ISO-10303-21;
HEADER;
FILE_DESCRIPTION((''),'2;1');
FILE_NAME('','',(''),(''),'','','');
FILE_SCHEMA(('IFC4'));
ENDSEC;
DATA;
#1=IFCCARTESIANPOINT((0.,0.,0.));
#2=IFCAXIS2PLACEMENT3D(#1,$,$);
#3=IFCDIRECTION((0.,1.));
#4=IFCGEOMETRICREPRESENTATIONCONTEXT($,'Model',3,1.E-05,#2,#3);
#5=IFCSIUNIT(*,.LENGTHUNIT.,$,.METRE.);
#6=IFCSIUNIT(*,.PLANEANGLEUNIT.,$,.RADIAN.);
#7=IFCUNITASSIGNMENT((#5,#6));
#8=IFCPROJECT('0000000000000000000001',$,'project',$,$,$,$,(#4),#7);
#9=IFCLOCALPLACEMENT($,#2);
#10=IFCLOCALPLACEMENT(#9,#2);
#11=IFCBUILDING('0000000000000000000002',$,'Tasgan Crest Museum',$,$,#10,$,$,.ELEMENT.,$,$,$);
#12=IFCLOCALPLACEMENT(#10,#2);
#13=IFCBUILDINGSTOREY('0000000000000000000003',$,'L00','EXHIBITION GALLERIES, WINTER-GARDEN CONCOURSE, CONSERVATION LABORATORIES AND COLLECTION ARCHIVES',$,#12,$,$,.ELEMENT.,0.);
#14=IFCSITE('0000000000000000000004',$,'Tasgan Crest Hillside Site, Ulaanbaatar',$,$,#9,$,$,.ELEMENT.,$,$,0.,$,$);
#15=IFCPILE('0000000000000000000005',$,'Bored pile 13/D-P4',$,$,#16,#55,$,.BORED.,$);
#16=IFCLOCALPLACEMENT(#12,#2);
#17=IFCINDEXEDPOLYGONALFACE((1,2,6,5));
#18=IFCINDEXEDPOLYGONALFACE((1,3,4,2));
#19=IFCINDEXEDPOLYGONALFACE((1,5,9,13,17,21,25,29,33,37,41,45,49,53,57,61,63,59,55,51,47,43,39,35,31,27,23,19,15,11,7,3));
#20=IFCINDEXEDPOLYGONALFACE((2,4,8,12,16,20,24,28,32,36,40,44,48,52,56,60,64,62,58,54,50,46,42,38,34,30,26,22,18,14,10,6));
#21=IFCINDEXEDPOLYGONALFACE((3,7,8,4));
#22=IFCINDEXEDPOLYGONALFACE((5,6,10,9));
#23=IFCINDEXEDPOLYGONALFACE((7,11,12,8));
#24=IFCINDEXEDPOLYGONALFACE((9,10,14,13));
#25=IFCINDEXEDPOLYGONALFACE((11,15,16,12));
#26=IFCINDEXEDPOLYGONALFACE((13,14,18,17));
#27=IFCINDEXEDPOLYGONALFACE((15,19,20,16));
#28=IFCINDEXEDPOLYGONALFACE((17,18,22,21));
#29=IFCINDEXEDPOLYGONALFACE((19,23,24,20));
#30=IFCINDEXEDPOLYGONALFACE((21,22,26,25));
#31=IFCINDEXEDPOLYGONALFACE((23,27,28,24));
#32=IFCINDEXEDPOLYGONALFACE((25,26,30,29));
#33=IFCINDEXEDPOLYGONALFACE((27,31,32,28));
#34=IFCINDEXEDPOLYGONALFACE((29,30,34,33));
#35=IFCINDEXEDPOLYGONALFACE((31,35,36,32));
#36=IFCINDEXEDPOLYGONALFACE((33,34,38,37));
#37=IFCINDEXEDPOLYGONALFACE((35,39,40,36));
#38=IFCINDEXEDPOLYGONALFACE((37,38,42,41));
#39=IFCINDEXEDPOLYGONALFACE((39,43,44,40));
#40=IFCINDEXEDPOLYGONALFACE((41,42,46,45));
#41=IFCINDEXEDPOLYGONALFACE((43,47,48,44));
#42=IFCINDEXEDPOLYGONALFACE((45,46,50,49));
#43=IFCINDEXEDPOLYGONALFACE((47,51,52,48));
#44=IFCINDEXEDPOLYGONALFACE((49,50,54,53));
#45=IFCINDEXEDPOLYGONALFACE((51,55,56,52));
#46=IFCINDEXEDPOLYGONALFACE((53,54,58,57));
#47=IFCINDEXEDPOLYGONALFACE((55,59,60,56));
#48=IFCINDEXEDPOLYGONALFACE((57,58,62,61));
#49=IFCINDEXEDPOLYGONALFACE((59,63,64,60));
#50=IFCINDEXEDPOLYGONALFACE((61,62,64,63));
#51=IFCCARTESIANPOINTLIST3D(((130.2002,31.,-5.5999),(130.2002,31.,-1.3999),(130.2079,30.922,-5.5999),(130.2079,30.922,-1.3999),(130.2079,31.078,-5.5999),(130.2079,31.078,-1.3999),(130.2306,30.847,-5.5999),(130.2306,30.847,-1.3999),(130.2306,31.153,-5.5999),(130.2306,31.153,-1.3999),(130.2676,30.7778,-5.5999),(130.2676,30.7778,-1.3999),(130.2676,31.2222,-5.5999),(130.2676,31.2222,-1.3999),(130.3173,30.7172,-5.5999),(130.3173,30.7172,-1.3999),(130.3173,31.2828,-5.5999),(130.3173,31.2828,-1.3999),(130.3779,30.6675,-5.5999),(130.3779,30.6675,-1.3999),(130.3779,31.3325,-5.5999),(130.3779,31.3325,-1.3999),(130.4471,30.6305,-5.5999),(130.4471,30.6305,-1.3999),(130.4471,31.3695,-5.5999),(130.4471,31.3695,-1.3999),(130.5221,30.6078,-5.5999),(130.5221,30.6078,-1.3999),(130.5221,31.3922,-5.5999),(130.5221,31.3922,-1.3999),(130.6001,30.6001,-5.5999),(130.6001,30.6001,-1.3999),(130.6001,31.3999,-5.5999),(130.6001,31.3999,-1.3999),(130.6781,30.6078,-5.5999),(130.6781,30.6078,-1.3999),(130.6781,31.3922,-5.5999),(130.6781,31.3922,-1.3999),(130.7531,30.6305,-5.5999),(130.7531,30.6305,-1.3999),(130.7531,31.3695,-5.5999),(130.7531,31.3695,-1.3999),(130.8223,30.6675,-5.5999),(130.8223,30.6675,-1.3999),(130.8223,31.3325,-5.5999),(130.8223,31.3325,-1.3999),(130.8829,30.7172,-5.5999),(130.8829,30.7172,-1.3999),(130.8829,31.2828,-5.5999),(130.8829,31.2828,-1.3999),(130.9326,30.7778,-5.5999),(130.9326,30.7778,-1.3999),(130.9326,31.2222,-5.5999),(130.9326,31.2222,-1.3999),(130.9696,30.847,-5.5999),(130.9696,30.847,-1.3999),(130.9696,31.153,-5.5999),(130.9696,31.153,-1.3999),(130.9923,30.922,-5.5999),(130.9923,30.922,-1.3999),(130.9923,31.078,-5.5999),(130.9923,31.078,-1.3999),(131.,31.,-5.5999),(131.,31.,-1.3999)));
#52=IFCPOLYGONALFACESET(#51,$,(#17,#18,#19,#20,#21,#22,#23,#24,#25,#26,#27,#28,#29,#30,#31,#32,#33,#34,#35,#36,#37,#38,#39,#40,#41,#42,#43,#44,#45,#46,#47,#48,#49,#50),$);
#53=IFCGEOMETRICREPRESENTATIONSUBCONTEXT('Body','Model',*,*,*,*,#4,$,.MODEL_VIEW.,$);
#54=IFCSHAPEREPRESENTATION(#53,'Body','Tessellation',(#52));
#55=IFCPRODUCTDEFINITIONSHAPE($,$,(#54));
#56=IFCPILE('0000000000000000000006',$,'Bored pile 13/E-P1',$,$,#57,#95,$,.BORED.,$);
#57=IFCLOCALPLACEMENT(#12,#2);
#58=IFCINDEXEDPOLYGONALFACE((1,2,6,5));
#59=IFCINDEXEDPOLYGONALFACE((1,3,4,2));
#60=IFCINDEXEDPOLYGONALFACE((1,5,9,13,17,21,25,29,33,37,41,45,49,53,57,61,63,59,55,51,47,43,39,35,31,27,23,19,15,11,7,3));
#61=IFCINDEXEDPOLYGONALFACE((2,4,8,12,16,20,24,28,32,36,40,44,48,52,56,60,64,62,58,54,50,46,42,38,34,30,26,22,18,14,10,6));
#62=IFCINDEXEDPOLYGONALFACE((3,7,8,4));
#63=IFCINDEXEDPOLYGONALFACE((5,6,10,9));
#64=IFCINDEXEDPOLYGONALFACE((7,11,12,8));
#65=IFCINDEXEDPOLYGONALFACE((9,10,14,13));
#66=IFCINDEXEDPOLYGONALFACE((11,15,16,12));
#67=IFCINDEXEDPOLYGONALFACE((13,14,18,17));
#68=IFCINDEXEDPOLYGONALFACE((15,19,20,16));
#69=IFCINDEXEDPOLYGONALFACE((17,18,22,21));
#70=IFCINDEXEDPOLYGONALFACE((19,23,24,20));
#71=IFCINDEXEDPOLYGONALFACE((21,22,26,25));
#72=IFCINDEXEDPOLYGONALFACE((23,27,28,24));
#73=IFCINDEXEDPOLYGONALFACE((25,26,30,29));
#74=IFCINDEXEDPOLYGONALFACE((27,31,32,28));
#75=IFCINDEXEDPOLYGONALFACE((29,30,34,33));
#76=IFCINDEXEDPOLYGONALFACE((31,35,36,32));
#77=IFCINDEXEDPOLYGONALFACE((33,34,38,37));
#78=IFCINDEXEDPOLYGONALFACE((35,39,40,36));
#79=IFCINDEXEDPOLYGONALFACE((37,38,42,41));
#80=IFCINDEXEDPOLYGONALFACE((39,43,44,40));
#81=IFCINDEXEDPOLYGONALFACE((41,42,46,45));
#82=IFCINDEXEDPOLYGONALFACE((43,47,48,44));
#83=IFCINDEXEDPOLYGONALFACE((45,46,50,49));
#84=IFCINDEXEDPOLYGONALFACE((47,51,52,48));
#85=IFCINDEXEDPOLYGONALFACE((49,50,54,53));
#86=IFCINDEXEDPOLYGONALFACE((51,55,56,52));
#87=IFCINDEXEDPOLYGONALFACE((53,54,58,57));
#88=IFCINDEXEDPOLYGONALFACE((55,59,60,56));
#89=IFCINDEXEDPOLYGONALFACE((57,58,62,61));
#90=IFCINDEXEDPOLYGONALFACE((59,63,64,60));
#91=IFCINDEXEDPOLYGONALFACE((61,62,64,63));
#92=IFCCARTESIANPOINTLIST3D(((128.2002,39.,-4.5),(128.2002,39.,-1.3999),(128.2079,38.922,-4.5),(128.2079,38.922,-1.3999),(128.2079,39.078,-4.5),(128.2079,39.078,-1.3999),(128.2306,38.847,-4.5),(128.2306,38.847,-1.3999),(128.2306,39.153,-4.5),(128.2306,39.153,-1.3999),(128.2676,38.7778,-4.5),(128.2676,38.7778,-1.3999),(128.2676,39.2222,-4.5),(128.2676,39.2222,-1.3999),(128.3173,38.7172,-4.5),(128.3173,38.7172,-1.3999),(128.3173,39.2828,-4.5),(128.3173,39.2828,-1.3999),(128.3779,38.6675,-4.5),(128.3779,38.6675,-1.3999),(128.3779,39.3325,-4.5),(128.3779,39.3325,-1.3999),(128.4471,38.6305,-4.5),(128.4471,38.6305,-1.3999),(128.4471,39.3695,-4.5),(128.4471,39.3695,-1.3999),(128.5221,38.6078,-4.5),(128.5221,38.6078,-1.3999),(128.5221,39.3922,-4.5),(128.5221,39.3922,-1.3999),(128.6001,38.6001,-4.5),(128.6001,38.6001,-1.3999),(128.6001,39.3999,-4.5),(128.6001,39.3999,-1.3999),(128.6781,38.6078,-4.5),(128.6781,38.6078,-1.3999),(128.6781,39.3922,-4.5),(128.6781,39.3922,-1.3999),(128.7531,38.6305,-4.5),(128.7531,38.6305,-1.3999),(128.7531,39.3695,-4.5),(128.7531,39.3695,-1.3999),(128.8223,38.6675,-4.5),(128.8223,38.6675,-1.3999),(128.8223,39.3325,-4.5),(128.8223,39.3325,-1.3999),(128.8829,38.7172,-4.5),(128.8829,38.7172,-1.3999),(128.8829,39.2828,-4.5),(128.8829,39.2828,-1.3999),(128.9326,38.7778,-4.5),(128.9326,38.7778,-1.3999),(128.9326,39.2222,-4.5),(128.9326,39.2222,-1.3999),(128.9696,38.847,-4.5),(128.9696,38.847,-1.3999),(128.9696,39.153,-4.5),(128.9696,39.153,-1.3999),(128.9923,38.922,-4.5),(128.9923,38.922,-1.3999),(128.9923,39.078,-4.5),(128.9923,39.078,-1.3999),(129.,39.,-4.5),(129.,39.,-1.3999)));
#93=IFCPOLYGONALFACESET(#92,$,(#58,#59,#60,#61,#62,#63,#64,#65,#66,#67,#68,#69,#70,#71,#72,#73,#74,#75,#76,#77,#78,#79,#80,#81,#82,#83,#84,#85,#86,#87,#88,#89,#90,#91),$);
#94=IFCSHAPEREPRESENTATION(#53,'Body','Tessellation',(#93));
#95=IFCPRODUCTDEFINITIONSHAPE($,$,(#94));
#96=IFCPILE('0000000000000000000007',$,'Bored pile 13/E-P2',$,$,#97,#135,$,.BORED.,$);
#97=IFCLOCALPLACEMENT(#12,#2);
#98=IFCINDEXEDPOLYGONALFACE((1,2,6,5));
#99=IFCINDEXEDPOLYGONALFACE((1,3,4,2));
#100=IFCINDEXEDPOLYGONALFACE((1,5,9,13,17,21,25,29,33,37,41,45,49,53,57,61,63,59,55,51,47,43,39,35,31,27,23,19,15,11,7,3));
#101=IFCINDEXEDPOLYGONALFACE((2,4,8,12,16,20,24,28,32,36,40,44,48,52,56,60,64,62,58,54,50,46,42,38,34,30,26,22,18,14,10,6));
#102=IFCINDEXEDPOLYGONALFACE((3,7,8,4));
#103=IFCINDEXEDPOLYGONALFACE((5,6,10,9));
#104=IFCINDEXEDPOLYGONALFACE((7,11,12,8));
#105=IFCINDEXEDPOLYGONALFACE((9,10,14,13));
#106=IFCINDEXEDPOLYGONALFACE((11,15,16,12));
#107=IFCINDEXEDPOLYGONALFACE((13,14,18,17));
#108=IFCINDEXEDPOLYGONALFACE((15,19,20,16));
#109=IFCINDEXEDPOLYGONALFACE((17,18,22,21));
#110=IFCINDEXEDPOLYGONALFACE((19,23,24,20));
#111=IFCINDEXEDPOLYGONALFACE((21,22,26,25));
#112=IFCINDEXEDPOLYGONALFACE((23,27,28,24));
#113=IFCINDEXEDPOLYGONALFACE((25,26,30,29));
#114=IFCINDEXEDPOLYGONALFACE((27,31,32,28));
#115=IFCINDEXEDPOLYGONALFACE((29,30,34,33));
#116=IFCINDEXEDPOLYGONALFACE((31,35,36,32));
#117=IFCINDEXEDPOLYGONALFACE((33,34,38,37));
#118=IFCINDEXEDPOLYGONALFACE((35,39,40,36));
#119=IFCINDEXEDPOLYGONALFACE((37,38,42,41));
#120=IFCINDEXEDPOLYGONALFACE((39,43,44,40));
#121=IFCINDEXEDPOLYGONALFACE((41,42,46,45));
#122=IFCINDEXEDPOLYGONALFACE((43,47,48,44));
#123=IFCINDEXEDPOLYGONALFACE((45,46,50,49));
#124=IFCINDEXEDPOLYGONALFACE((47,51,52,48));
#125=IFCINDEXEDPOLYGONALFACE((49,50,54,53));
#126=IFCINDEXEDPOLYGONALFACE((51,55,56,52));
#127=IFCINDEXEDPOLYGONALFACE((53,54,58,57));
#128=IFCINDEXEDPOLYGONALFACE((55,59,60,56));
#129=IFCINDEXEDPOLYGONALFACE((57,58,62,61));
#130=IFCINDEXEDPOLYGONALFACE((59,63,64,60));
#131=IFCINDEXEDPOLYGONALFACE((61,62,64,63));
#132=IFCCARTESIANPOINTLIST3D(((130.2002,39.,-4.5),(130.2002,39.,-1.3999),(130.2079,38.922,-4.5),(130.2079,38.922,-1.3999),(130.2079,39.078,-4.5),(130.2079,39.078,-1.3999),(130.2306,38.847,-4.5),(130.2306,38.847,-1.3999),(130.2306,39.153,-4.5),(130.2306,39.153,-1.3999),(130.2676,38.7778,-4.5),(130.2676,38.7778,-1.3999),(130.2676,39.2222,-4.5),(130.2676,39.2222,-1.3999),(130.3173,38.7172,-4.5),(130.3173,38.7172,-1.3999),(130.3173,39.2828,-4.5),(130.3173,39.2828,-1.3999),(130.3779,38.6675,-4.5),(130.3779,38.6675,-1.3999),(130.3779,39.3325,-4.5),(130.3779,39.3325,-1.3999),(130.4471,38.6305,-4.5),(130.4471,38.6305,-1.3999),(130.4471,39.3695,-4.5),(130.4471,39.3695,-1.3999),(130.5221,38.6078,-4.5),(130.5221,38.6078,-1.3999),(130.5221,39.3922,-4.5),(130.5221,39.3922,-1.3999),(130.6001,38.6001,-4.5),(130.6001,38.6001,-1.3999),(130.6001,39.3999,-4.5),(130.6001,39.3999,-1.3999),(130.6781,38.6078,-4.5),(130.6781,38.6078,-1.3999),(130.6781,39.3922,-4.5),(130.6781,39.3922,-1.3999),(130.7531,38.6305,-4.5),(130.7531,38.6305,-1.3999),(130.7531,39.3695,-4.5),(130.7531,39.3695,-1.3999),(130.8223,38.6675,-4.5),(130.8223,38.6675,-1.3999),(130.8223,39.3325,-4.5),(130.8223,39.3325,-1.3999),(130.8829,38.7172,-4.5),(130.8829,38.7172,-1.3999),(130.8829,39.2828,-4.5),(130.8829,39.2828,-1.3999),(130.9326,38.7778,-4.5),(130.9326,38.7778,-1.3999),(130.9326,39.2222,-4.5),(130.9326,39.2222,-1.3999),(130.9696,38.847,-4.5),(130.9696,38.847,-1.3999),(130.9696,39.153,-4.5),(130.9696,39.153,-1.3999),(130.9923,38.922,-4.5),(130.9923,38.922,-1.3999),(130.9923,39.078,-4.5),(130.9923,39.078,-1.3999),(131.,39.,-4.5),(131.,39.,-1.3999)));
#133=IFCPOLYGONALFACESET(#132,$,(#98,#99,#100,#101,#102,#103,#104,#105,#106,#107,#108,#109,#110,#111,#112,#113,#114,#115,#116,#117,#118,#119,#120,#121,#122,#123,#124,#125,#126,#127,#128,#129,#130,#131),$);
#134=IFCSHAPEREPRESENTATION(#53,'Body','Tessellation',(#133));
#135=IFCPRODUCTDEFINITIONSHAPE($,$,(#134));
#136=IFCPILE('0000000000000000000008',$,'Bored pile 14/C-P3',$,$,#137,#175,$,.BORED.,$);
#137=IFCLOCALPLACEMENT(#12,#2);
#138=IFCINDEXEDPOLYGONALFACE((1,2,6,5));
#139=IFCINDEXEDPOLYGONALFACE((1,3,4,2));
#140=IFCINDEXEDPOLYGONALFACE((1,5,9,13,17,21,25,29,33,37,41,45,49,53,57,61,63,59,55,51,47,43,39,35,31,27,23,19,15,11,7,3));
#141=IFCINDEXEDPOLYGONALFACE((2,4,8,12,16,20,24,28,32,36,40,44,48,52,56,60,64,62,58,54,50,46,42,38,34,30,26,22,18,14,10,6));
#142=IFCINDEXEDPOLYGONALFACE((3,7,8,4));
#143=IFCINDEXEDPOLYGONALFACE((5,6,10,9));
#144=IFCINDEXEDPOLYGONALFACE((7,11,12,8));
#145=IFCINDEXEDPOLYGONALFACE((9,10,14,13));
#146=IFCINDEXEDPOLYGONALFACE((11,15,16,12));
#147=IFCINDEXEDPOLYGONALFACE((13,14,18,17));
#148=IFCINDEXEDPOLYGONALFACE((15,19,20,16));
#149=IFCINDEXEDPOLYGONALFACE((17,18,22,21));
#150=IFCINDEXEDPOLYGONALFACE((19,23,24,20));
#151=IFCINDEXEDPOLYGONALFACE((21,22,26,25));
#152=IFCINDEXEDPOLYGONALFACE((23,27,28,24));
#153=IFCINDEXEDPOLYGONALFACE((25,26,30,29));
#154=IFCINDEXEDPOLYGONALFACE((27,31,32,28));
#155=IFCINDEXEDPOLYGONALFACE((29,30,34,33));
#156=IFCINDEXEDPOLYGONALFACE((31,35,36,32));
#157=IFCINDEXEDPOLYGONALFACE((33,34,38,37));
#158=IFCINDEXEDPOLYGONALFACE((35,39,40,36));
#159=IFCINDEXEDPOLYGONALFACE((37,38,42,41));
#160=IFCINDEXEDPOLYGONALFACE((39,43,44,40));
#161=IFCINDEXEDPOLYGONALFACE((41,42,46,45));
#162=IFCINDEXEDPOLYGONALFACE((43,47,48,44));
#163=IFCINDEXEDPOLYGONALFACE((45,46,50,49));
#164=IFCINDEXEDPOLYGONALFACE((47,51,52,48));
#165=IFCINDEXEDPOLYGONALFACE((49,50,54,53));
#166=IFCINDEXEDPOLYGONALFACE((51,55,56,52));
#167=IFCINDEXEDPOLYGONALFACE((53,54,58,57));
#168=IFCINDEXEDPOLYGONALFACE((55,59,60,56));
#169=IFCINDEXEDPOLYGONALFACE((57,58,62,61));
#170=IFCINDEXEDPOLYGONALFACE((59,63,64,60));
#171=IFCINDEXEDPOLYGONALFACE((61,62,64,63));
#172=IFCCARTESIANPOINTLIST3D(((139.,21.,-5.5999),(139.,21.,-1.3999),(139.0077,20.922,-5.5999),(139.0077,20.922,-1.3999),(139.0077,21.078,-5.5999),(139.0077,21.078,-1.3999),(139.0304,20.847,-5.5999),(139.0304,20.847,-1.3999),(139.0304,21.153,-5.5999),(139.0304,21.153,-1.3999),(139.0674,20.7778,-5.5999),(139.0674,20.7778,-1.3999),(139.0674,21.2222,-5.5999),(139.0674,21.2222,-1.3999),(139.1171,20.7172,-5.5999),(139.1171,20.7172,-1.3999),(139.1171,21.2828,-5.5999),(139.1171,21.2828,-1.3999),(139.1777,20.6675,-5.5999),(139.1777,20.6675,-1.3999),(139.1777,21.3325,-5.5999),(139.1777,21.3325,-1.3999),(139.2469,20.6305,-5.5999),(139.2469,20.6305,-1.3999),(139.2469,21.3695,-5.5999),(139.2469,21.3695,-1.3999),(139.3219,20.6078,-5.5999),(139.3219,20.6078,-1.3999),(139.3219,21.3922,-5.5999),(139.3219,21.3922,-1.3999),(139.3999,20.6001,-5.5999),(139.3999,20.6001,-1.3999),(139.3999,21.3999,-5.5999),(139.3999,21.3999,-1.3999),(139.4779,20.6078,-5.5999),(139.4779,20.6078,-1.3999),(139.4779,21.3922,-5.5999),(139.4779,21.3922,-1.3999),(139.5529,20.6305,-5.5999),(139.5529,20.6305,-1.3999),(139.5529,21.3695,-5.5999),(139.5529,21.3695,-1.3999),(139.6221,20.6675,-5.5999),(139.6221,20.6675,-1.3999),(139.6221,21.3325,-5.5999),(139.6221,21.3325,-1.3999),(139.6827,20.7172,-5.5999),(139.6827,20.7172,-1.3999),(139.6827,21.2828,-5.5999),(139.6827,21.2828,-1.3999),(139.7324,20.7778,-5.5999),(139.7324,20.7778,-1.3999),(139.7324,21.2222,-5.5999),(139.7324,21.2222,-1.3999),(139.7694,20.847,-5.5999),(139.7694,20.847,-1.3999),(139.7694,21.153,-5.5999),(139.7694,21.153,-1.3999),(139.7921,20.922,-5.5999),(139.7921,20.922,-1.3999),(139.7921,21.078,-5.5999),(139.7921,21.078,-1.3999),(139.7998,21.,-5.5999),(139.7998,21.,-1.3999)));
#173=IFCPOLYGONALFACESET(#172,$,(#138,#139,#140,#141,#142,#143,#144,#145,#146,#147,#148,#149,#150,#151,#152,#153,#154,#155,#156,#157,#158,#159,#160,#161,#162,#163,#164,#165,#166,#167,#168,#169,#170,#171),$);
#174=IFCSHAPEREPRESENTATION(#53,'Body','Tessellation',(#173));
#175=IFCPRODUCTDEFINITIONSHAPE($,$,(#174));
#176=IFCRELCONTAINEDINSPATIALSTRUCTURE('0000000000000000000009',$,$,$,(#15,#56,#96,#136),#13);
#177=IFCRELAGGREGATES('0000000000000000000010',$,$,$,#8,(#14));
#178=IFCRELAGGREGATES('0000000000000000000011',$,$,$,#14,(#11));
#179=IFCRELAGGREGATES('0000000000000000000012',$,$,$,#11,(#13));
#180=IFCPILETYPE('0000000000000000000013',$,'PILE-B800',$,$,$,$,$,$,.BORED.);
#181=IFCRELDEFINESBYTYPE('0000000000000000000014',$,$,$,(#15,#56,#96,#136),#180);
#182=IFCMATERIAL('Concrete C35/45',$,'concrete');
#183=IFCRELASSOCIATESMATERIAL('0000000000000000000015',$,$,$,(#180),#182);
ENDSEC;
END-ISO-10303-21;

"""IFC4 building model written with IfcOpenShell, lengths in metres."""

from ifc_helpers import new_model, si_unit, direction, frame, origin, origin_2d, place, context, subcontext, project, spatial, circle, extrude, material, material_profile, profile_set, type_object, element, save


model = new_model("IFC4")

# Units and contexts
model_context = context("Model", 3, precision=1e-05, world=origin(), true_north=direction((0.0, 1.0)))
body_context = subcontext(model_context, "Body", "Model", "MODEL_VIEW")
ifc_project = project(units=[si_unit("LENGTHUNIT", "METRE"), si_unit("PLANEANGLEUNIT", "RADIAN")], contexts=[model_context])

# Site, building, storey
site_placement = place(None, origin())
site = spatial("IfcSite", under=ifc_project, at=site_placement, Name="Tasgan Crest Hillside Site, Ulaanbaatar", CompositionType="ELEMENT", RefElevation=0.0)
building_placement = place(site_placement, origin())
building = spatial("IfcBuilding", under=site, at=building_placement, Name="Tasgan Crest Museum", CompositionType="ELEMENT")
storey_placement = place(building_placement, origin())
storey = spatial("IfcBuildingStorey", under=building, at=storey_placement, Name="L00", Description="EXHIBITION GALLERIES, WINTER-GARDEN CONCOURSE, CONSERVATION LABORATORIES AND COLLECTION ARCHIVES", CompositionType="ELEMENT", Elevation=0.0)

# Piles
ifc_material_1 = material(Name="Concrete C35/45", Category="concrete")
ifc_material_profile_1 = material_profile(ifc_material_1, circle(Radius=0.3999, at=origin_2d()), Name="PILE D800")
ifc_profile_set_1 = profile_set([ifc_material_profile_1], Name="Concrete C35/45")
pile_type = type_object("IfcPileType", Name="PILE-B800", PredefinedType="BORED", material=ifc_profile_set_1)
for number, where, z_axis, x_axis, name in (
    (1, (130.6001, 31.0, -1.3999), (0.0, 0.0, -1.0), (1.0, 0.0, 0.0), "Bored pile 13/D-P4"),
):
    element("IfcPile", number, at=place(storey_placement, frame(where, z_axis=z_axis, x_axis=x_axis)), inside=storey, type_object=pile_type, Name=name, PredefinedType="BORED", context=body_context, shape_type="SweptSolid", body=[
        extrude(circle(Radius=0.3999, at=origin_2d()), origin(), (0.0, 0.0, 1.0), 4.2),
    ])
for number, where, z_axis, x_axis, name in (
    (2, (128.6001, 39.0, -1.3999), (0.0, 0.0, -1.0), (1.0, 0.0, 0.0), "Bored pile 13/E-P1"),
    (3, (130.6001, 39.0, -1.3999), (0.0, 0.0, -1.0), (1.0, 0.0, 0.0), "Bored pile 13/E-P2"),
):
    element("IfcPile", number, at=place(storey_placement, frame(where, z_axis=z_axis, x_axis=x_axis)), inside=storey, type_object=pile_type, Name=name, PredefinedType="BORED", context=body_context, shape_type="SweptSolid", body=[
        extrude(circle(Radius=0.3999, at=origin_2d()), origin(), (0.0, 0.0, 1.0), 3.1001),
    ])
for number, where, z_axis, x_axis, name in (
    (4, (139.3999, 21.0, -1.3999), (0.0, 0.0, -1.0), (1.0, 0.0, 0.0), "Bored pile 14/C-P3"),
):
    element("IfcPile", number, at=place(storey_placement, frame(where, z_axis=z_axis, x_axis=x_axis)), inside=storey, type_object=pile_type, Name=name, PredefinedType="BORED", context=body_context, shape_type="SweptSolid", body=[
        extrude(circle(Radius=0.3999, at=origin_2d()), origin(), (0.0, 0.0, 1.0), 4.2),
    ])

save(model, "model.ifc")
